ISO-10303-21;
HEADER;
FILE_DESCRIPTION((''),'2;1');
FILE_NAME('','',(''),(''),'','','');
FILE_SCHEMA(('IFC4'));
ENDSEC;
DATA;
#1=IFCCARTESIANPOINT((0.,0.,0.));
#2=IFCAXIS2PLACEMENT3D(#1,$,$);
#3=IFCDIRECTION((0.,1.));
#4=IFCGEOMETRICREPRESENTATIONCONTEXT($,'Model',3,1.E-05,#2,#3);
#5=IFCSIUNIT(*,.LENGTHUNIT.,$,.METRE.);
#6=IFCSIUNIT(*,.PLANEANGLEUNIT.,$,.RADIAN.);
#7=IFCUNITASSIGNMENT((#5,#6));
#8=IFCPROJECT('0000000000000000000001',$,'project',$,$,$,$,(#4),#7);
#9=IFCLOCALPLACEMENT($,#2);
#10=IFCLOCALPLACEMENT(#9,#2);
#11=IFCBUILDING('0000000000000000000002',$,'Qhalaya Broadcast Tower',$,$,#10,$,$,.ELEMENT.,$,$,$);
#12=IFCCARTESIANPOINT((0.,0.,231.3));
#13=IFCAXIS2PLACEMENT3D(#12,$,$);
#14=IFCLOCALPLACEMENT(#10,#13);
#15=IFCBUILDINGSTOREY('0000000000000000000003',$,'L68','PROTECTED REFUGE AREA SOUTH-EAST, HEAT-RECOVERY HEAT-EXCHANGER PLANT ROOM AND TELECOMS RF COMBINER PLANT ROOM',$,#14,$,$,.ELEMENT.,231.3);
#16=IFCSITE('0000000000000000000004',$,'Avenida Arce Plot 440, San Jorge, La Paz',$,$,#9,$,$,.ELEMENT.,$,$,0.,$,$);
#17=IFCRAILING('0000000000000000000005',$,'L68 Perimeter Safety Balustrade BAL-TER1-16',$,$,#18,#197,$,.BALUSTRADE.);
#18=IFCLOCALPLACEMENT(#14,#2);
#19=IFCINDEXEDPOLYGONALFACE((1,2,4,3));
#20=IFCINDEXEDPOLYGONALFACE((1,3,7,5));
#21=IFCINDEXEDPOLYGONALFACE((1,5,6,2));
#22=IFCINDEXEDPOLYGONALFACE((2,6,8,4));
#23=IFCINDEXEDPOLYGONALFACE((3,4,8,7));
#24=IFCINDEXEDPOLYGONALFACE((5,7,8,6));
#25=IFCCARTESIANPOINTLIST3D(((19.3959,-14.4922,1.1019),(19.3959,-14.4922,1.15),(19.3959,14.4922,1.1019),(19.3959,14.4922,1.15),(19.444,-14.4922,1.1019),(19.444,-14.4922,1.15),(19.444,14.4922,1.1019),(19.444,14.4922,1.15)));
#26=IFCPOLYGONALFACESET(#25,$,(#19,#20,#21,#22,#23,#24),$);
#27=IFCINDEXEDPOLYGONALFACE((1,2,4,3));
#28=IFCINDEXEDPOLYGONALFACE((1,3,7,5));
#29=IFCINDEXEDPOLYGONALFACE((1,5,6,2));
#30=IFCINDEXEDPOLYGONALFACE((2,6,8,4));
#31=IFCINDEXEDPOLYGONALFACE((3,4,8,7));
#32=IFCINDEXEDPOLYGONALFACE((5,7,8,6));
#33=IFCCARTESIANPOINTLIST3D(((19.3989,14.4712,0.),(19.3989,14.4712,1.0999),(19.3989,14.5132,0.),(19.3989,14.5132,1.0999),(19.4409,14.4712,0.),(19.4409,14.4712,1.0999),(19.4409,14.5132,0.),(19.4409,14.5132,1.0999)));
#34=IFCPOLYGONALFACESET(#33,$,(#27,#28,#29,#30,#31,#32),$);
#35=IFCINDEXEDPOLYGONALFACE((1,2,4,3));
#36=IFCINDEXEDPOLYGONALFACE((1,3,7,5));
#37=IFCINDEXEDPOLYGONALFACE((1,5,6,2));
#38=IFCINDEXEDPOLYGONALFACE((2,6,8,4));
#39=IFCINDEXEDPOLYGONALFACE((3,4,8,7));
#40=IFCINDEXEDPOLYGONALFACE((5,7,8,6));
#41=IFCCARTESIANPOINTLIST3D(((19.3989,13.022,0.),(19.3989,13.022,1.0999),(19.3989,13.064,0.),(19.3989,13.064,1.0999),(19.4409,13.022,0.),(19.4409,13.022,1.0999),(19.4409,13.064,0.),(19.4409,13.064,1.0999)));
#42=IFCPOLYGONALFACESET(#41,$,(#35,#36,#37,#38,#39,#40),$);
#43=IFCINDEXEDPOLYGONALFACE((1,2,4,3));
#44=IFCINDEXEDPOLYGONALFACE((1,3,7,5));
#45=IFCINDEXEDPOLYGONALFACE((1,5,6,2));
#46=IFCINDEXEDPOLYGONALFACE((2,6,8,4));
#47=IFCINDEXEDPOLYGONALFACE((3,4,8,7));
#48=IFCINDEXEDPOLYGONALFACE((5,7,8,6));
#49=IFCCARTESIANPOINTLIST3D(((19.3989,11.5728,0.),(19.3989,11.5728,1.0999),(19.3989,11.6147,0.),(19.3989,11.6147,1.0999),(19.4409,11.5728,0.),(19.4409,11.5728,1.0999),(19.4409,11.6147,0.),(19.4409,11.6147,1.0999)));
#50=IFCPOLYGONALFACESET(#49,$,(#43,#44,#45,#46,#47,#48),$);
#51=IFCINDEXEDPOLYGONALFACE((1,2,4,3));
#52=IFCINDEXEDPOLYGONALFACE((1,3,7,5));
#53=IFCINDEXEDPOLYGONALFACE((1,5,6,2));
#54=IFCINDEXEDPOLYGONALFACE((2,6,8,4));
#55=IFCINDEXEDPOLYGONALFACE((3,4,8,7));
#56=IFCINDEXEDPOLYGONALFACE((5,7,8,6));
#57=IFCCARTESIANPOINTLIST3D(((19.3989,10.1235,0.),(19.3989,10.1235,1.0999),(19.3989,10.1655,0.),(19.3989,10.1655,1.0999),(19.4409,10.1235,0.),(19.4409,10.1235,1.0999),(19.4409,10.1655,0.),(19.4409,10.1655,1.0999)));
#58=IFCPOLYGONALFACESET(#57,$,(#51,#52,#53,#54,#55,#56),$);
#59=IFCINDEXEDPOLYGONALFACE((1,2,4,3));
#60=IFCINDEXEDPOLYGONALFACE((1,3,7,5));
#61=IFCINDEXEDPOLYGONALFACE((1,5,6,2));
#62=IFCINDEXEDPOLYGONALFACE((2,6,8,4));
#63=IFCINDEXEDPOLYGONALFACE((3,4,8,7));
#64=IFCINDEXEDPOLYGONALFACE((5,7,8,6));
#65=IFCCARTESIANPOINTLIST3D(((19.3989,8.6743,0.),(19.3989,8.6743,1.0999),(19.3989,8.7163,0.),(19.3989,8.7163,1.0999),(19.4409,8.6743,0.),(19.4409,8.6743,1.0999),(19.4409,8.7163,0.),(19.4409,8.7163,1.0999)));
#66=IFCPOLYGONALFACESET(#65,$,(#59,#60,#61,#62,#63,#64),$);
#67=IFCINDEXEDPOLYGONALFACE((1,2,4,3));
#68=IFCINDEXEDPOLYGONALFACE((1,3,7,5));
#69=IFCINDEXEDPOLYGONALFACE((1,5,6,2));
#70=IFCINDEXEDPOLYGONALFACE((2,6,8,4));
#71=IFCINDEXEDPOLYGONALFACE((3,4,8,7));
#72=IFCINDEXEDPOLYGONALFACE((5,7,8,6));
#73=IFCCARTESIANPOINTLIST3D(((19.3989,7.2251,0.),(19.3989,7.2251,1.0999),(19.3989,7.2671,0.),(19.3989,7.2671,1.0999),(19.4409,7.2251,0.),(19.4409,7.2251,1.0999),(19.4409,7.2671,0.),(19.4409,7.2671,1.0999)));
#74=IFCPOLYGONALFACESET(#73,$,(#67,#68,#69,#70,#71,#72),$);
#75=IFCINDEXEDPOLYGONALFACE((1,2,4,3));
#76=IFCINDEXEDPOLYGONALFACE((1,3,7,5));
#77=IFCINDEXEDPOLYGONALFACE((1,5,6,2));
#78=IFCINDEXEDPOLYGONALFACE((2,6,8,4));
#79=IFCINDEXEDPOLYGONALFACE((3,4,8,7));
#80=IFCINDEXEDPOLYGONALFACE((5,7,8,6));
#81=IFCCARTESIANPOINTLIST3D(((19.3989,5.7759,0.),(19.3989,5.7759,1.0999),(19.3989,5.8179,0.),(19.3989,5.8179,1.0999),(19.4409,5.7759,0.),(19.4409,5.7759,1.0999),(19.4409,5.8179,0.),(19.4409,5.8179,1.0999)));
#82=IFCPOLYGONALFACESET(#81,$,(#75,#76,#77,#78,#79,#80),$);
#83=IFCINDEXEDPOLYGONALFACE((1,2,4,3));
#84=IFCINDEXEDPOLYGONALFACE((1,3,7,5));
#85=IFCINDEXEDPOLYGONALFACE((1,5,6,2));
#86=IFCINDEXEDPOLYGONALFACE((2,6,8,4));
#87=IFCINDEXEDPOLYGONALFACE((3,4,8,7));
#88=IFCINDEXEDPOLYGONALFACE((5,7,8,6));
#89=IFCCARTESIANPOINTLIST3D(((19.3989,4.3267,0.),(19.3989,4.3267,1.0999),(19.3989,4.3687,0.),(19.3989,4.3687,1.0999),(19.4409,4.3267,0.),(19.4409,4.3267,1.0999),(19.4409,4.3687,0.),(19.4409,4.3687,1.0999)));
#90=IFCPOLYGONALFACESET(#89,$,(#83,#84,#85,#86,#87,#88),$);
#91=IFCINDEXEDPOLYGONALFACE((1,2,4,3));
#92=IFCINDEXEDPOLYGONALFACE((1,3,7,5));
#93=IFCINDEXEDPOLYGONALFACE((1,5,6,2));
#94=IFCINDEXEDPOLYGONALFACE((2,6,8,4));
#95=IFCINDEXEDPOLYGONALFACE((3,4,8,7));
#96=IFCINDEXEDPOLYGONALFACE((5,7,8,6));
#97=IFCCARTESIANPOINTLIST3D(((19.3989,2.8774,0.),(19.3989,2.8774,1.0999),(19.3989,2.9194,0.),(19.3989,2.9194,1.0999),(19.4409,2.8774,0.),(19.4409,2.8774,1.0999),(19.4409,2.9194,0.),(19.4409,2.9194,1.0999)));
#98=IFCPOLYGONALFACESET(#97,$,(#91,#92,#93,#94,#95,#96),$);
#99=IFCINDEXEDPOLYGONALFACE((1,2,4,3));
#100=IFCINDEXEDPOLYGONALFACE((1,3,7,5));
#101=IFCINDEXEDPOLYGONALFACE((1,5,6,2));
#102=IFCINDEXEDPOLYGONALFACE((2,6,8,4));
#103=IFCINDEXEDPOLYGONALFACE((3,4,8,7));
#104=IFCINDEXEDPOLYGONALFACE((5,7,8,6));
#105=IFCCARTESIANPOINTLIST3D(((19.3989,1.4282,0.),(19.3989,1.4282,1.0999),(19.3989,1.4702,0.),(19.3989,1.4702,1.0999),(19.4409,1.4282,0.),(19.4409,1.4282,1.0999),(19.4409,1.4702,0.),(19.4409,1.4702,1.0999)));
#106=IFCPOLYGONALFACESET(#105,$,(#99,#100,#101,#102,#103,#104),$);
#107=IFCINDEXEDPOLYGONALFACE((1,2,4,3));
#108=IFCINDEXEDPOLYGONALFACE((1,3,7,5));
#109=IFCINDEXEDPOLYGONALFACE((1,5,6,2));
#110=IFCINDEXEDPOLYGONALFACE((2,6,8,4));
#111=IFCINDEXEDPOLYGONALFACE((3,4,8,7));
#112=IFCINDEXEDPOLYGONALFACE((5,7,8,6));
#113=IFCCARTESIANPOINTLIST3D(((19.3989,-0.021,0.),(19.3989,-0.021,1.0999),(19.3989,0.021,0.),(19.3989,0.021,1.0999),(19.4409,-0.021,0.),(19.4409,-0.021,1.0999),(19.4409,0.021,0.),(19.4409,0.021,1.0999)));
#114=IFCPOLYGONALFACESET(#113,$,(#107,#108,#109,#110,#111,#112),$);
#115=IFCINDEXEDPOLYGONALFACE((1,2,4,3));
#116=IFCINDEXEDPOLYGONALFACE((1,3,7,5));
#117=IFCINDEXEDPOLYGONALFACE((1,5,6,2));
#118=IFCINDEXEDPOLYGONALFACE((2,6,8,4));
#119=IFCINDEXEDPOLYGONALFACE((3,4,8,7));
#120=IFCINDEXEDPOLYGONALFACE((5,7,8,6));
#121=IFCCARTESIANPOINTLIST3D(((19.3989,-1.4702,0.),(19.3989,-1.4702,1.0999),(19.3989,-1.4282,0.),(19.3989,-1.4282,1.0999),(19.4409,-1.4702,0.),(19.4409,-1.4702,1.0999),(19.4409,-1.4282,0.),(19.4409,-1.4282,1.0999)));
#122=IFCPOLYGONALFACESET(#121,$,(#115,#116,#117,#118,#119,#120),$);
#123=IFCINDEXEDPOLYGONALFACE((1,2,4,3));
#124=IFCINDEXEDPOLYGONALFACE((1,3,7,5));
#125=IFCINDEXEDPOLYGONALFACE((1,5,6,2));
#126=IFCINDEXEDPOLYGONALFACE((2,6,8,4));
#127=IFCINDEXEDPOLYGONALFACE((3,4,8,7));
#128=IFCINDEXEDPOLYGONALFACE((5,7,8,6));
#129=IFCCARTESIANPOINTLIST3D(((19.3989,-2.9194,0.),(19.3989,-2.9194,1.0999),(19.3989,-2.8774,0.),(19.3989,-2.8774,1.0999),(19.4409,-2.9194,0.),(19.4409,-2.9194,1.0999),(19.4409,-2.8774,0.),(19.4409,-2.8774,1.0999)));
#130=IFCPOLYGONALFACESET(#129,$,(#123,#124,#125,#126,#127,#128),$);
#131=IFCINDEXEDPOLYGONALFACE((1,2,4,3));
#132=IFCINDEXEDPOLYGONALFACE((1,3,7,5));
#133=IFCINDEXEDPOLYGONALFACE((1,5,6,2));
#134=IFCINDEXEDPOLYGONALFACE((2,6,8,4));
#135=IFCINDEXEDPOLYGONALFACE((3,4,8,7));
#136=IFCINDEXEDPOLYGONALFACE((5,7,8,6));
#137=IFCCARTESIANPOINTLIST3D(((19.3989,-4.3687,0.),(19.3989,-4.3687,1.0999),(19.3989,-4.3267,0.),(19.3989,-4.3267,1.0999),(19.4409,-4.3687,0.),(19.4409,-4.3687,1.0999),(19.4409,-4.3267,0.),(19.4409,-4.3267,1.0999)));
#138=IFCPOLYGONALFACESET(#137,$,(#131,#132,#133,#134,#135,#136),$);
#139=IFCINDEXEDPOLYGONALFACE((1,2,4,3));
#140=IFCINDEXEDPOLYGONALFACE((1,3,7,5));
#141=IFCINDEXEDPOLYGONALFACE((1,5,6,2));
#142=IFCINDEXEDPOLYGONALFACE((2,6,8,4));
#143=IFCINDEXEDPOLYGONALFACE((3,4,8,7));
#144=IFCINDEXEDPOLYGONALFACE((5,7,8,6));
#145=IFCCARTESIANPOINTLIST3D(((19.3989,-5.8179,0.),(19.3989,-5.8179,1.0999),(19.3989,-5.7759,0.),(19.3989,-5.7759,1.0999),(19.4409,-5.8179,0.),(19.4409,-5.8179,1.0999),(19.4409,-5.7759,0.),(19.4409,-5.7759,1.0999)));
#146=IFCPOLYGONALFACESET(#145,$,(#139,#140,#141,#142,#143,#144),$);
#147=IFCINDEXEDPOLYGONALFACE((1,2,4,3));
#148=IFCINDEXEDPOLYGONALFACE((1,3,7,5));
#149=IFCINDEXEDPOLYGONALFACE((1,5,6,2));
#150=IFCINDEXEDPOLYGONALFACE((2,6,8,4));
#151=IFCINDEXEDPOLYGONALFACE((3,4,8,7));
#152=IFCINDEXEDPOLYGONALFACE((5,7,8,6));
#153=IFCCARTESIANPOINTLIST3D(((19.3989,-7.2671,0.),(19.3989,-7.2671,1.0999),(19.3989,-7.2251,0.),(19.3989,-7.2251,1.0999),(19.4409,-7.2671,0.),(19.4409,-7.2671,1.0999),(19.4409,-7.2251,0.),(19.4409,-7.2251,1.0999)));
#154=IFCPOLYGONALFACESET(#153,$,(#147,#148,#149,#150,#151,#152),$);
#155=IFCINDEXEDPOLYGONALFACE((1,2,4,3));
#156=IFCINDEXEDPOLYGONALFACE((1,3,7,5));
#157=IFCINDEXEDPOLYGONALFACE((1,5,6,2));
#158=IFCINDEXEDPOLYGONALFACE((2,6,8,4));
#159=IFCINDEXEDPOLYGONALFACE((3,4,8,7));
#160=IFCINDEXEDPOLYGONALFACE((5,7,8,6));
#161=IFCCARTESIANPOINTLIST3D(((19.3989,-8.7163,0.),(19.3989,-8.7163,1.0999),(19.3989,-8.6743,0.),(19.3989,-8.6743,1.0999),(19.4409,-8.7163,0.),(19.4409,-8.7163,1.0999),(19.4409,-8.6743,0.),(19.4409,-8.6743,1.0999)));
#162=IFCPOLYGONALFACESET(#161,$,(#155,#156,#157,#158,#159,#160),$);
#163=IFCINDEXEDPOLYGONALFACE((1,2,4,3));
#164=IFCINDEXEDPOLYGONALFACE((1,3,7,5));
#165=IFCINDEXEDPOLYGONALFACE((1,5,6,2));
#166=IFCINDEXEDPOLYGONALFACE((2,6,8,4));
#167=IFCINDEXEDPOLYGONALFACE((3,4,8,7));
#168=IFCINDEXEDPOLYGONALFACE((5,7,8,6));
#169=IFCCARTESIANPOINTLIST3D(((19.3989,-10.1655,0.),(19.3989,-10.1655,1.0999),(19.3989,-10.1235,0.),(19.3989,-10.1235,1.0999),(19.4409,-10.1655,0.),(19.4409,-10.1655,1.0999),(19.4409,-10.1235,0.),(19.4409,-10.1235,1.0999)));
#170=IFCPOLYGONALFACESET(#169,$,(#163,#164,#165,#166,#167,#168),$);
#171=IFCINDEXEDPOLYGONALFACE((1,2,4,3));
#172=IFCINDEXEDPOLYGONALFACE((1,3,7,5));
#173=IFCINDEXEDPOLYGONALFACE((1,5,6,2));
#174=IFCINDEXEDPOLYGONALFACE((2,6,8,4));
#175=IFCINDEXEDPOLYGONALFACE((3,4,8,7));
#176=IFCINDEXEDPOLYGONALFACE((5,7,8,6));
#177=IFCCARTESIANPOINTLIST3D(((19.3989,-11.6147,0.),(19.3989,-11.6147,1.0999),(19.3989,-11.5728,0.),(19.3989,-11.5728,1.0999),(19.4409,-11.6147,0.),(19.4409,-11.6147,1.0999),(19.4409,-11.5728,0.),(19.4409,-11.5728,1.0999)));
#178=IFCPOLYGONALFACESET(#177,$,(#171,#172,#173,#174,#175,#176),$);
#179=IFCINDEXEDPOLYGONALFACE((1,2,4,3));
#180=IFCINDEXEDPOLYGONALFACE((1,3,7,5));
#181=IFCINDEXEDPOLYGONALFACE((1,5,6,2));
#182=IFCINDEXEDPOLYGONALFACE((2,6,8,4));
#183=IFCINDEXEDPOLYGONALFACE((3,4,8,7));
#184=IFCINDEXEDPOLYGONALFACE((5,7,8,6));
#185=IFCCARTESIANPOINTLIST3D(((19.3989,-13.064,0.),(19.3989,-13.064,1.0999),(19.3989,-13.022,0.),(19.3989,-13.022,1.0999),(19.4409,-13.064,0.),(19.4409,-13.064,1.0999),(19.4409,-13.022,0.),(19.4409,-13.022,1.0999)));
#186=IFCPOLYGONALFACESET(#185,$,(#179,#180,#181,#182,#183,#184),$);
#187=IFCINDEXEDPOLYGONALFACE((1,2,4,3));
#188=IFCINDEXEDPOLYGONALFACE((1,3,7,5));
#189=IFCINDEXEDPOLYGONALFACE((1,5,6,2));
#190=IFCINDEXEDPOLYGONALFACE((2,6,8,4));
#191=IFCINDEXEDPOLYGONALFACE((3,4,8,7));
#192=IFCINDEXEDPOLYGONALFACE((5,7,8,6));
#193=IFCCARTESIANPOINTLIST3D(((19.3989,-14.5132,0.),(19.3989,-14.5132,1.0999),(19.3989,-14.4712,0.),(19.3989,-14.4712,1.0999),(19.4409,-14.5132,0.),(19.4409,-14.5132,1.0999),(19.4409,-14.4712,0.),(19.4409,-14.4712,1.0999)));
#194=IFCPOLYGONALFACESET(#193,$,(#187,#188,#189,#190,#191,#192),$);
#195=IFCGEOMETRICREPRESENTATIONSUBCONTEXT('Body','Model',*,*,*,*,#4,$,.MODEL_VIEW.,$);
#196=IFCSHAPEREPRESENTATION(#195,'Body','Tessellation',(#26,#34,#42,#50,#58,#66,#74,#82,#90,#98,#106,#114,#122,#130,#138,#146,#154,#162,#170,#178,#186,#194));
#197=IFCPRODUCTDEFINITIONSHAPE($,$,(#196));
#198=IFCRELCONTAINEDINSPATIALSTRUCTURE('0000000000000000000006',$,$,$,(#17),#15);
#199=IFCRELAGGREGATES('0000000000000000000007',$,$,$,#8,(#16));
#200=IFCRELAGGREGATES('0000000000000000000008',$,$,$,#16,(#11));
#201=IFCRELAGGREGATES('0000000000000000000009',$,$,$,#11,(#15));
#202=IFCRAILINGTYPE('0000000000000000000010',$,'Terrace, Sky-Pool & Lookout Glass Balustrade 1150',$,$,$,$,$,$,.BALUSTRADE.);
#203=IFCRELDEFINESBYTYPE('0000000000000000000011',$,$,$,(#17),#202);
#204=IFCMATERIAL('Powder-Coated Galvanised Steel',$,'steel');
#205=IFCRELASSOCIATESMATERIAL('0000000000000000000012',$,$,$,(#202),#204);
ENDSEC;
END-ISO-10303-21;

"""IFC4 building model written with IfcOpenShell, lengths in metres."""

from ifc_helpers import new_model, si_unit, direction, frame, origin, origin_2d, place, context, subcontext, project, spatial, rectangle, extrude, material, type_object, element, save


model = new_model("IFC4")

# Units and contexts
model_context = context("Model", 3, precision=1e-05, world=origin(), true_north=direction((0.0, 1.0)))
body_context = subcontext(model_context, "Body", "Model", "MODEL_VIEW")
ifc_project = project(units=[si_unit("LENGTHUNIT", "METRE"), si_unit("PLANEANGLEUNIT", "RADIAN")], contexts=[model_context])

# Site, building, storey
site_placement = place(None, origin())
site = spatial("IfcSite", under=ifc_project, at=site_placement, Name="Avenida Arce Plot 440, San Jorge, La Paz", CompositionType="ELEMENT", RefElevation=0.0)
building_placement = place(site_placement, origin())
building = spatial("IfcBuilding", under=site, at=building_placement, Name="Qhalaya Broadcast Tower", CompositionType="ELEMENT")
storey_placement = place(building_placement, frame((0.0, 0.0, 231.3)))
storey = spatial("IfcBuildingStorey", under=building, at=storey_placement, Name="L68", Description="PROTECTED REFUGE AREA SOUTH-EAST, HEAT-RECOVERY HEAT-EXCHANGER PLANT ROOM AND TELECOMS RF COMBINER PLANT ROOM", CompositionType="ELEMENT", Elevation=231.3)

# Railing
ifc_material_1 = material(Name="Powder-Coated Galvanised Steel", Category="steel")
railing_type = type_object("IfcRailingType", Name="Terrace, Sky-Pool & Lookout Glass Balustrade 1150", PredefinedType="BALUSTRADE", material=ifc_material_1)
railing_1_placement = place(storey_placement, frame((19.4199, 14.4922, 0.0)))
element("IfcRailing", 1, at=railing_1_placement, inside=storey, type_object=railing_type, Name="L68 Perimeter Safety Balustrade BAL-TER1-16", PredefinedType="BALUSTRADE", context=body_context, shape_type="SweptSolid", body=[
    extrude(rectangle(XDim=0.0481, YDim=0.0481, at=origin_2d()), frame((0.0, 0.0, 1.126), z_axis=(0.0, -1.0, 0.0), x_axis=(1.0, 0.0, 0.0)), (0.0, 0.0, 1.0), 28.9844),
    extrude(rectangle(XDim=0.042, YDim=0.042, at=origin_2d()), origin(), (0.0, 0.0, 1.0), 1.0999),
    extrude(rectangle(XDim=0.042, YDim=0.042, at=origin_2d()), frame((0.0, -1.4492, 0.0)), (0.0, 0.0, 1.0), 1.0999),
    extrude(rectangle(XDim=0.042, YDim=0.042, at=origin_2d()), frame((0.0, -2.8984, 0.0)), (0.0, 0.0, 1.0), 1.0999),
    extrude(rectangle(XDim=0.042, YDim=0.042, at=origin_2d()), frame((0.0, -4.3477, 0.0)), (0.0, 0.0, 1.0), 1.0999),
    extrude(rectangle(XDim=0.042, YDim=0.042, at=origin_2d()), frame((0.0, -5.7969, 0.0)), (0.0, 0.0, 1.0), 1.0999),
    extrude(rectangle(XDim=0.042, YDim=0.042, at=origin_2d()), frame((0.0, -7.2461, 0.0)), (0.0, 0.0, 1.0), 1.0999),
    extrude(rectangle(XDim=0.042, YDim=0.042, at=origin_2d()), frame((0.0, -8.6953, 0.0)), (0.0, 0.0, 1.0), 1.0999),
    extrude(rectangle(XDim=0.042, YDim=0.042, at=origin_2d()), frame((0.0, -10.1445, 0.0)), (0.0, 0.0, 1.0), 1.0999),
    extrude(rectangle(XDim=0.042, YDim=0.042, at=origin_2d()), frame((0.0, -11.5938, 0.0)), (0.0, 0.0, 1.0), 1.0999),
    extrude(rectangle(XDim=0.042, YDim=0.042, at=origin_2d()), frame((0.0, -13.043, 0.0)), (0.0, 0.0, 1.0), 1.0999),
    extrude(rectangle(XDim=0.042, YDim=0.042, at=origin_2d()), frame((0.0, -14.4922, 0.0)), (0.0, 0.0, 1.0), 1.0999),
    extrude(rectangle(XDim=0.042, YDim=0.042, at=origin_2d()), frame((0.0, -15.9414, 0.0)), (0.0, 0.0, 1.0), 1.0999),
    extrude(rectangle(XDim=0.042, YDim=0.042, at=origin_2d()), frame((0.0, -17.3906, 0.0)), (0.0, 0.0, 1.0), 1.0999),
    extrude(rectangle(XDim=0.042, YDim=0.042, at=origin_2d()), frame((0.0, -18.8398, 0.0)), (0.0, 0.0, 1.0), 1.0999),
    extrude(rectangle(XDim=0.042, YDim=0.042, at=origin_2d()), frame((0.0, -20.2891, 0.0)), (0.0, 0.0, 1.0), 1.0999),
    extrude(rectangle(XDim=0.042, YDim=0.042, at=origin_2d()), frame((0.0, -21.7383, 0.0)), (0.0, 0.0, 1.0), 1.0999),
    extrude(rectangle(XDim=0.042, YDim=0.042, at=origin_2d()), frame((0.0, -23.1875, 0.0)), (0.0, 0.0, 1.0), 1.0999),
    extrude(rectangle(XDim=0.042, YDim=0.042, at=origin_2d()), frame((0.0, -24.6367, 0.0)), (0.0, 0.0, 1.0), 1.0999),
    extrude(rectangle(XDim=0.042, YDim=0.042, at=origin_2d()), frame((0.0, -26.0859, 0.0)), (0.0, 0.0, 1.0), 1.0999),
    extrude(rectangle(XDim=0.042, YDim=0.042, at=origin_2d()), frame((0.0, -27.5352, 0.0)), (0.0, 0.0, 1.0), 1.0999),
    extrude(rectangle(XDim=0.042, YDim=0.042, at=origin_2d()), frame((0.0, -28.9844, 0.0)), (0.0, 0.0, 1.0), 1.0999),
])

save(model, "model.ifc")
